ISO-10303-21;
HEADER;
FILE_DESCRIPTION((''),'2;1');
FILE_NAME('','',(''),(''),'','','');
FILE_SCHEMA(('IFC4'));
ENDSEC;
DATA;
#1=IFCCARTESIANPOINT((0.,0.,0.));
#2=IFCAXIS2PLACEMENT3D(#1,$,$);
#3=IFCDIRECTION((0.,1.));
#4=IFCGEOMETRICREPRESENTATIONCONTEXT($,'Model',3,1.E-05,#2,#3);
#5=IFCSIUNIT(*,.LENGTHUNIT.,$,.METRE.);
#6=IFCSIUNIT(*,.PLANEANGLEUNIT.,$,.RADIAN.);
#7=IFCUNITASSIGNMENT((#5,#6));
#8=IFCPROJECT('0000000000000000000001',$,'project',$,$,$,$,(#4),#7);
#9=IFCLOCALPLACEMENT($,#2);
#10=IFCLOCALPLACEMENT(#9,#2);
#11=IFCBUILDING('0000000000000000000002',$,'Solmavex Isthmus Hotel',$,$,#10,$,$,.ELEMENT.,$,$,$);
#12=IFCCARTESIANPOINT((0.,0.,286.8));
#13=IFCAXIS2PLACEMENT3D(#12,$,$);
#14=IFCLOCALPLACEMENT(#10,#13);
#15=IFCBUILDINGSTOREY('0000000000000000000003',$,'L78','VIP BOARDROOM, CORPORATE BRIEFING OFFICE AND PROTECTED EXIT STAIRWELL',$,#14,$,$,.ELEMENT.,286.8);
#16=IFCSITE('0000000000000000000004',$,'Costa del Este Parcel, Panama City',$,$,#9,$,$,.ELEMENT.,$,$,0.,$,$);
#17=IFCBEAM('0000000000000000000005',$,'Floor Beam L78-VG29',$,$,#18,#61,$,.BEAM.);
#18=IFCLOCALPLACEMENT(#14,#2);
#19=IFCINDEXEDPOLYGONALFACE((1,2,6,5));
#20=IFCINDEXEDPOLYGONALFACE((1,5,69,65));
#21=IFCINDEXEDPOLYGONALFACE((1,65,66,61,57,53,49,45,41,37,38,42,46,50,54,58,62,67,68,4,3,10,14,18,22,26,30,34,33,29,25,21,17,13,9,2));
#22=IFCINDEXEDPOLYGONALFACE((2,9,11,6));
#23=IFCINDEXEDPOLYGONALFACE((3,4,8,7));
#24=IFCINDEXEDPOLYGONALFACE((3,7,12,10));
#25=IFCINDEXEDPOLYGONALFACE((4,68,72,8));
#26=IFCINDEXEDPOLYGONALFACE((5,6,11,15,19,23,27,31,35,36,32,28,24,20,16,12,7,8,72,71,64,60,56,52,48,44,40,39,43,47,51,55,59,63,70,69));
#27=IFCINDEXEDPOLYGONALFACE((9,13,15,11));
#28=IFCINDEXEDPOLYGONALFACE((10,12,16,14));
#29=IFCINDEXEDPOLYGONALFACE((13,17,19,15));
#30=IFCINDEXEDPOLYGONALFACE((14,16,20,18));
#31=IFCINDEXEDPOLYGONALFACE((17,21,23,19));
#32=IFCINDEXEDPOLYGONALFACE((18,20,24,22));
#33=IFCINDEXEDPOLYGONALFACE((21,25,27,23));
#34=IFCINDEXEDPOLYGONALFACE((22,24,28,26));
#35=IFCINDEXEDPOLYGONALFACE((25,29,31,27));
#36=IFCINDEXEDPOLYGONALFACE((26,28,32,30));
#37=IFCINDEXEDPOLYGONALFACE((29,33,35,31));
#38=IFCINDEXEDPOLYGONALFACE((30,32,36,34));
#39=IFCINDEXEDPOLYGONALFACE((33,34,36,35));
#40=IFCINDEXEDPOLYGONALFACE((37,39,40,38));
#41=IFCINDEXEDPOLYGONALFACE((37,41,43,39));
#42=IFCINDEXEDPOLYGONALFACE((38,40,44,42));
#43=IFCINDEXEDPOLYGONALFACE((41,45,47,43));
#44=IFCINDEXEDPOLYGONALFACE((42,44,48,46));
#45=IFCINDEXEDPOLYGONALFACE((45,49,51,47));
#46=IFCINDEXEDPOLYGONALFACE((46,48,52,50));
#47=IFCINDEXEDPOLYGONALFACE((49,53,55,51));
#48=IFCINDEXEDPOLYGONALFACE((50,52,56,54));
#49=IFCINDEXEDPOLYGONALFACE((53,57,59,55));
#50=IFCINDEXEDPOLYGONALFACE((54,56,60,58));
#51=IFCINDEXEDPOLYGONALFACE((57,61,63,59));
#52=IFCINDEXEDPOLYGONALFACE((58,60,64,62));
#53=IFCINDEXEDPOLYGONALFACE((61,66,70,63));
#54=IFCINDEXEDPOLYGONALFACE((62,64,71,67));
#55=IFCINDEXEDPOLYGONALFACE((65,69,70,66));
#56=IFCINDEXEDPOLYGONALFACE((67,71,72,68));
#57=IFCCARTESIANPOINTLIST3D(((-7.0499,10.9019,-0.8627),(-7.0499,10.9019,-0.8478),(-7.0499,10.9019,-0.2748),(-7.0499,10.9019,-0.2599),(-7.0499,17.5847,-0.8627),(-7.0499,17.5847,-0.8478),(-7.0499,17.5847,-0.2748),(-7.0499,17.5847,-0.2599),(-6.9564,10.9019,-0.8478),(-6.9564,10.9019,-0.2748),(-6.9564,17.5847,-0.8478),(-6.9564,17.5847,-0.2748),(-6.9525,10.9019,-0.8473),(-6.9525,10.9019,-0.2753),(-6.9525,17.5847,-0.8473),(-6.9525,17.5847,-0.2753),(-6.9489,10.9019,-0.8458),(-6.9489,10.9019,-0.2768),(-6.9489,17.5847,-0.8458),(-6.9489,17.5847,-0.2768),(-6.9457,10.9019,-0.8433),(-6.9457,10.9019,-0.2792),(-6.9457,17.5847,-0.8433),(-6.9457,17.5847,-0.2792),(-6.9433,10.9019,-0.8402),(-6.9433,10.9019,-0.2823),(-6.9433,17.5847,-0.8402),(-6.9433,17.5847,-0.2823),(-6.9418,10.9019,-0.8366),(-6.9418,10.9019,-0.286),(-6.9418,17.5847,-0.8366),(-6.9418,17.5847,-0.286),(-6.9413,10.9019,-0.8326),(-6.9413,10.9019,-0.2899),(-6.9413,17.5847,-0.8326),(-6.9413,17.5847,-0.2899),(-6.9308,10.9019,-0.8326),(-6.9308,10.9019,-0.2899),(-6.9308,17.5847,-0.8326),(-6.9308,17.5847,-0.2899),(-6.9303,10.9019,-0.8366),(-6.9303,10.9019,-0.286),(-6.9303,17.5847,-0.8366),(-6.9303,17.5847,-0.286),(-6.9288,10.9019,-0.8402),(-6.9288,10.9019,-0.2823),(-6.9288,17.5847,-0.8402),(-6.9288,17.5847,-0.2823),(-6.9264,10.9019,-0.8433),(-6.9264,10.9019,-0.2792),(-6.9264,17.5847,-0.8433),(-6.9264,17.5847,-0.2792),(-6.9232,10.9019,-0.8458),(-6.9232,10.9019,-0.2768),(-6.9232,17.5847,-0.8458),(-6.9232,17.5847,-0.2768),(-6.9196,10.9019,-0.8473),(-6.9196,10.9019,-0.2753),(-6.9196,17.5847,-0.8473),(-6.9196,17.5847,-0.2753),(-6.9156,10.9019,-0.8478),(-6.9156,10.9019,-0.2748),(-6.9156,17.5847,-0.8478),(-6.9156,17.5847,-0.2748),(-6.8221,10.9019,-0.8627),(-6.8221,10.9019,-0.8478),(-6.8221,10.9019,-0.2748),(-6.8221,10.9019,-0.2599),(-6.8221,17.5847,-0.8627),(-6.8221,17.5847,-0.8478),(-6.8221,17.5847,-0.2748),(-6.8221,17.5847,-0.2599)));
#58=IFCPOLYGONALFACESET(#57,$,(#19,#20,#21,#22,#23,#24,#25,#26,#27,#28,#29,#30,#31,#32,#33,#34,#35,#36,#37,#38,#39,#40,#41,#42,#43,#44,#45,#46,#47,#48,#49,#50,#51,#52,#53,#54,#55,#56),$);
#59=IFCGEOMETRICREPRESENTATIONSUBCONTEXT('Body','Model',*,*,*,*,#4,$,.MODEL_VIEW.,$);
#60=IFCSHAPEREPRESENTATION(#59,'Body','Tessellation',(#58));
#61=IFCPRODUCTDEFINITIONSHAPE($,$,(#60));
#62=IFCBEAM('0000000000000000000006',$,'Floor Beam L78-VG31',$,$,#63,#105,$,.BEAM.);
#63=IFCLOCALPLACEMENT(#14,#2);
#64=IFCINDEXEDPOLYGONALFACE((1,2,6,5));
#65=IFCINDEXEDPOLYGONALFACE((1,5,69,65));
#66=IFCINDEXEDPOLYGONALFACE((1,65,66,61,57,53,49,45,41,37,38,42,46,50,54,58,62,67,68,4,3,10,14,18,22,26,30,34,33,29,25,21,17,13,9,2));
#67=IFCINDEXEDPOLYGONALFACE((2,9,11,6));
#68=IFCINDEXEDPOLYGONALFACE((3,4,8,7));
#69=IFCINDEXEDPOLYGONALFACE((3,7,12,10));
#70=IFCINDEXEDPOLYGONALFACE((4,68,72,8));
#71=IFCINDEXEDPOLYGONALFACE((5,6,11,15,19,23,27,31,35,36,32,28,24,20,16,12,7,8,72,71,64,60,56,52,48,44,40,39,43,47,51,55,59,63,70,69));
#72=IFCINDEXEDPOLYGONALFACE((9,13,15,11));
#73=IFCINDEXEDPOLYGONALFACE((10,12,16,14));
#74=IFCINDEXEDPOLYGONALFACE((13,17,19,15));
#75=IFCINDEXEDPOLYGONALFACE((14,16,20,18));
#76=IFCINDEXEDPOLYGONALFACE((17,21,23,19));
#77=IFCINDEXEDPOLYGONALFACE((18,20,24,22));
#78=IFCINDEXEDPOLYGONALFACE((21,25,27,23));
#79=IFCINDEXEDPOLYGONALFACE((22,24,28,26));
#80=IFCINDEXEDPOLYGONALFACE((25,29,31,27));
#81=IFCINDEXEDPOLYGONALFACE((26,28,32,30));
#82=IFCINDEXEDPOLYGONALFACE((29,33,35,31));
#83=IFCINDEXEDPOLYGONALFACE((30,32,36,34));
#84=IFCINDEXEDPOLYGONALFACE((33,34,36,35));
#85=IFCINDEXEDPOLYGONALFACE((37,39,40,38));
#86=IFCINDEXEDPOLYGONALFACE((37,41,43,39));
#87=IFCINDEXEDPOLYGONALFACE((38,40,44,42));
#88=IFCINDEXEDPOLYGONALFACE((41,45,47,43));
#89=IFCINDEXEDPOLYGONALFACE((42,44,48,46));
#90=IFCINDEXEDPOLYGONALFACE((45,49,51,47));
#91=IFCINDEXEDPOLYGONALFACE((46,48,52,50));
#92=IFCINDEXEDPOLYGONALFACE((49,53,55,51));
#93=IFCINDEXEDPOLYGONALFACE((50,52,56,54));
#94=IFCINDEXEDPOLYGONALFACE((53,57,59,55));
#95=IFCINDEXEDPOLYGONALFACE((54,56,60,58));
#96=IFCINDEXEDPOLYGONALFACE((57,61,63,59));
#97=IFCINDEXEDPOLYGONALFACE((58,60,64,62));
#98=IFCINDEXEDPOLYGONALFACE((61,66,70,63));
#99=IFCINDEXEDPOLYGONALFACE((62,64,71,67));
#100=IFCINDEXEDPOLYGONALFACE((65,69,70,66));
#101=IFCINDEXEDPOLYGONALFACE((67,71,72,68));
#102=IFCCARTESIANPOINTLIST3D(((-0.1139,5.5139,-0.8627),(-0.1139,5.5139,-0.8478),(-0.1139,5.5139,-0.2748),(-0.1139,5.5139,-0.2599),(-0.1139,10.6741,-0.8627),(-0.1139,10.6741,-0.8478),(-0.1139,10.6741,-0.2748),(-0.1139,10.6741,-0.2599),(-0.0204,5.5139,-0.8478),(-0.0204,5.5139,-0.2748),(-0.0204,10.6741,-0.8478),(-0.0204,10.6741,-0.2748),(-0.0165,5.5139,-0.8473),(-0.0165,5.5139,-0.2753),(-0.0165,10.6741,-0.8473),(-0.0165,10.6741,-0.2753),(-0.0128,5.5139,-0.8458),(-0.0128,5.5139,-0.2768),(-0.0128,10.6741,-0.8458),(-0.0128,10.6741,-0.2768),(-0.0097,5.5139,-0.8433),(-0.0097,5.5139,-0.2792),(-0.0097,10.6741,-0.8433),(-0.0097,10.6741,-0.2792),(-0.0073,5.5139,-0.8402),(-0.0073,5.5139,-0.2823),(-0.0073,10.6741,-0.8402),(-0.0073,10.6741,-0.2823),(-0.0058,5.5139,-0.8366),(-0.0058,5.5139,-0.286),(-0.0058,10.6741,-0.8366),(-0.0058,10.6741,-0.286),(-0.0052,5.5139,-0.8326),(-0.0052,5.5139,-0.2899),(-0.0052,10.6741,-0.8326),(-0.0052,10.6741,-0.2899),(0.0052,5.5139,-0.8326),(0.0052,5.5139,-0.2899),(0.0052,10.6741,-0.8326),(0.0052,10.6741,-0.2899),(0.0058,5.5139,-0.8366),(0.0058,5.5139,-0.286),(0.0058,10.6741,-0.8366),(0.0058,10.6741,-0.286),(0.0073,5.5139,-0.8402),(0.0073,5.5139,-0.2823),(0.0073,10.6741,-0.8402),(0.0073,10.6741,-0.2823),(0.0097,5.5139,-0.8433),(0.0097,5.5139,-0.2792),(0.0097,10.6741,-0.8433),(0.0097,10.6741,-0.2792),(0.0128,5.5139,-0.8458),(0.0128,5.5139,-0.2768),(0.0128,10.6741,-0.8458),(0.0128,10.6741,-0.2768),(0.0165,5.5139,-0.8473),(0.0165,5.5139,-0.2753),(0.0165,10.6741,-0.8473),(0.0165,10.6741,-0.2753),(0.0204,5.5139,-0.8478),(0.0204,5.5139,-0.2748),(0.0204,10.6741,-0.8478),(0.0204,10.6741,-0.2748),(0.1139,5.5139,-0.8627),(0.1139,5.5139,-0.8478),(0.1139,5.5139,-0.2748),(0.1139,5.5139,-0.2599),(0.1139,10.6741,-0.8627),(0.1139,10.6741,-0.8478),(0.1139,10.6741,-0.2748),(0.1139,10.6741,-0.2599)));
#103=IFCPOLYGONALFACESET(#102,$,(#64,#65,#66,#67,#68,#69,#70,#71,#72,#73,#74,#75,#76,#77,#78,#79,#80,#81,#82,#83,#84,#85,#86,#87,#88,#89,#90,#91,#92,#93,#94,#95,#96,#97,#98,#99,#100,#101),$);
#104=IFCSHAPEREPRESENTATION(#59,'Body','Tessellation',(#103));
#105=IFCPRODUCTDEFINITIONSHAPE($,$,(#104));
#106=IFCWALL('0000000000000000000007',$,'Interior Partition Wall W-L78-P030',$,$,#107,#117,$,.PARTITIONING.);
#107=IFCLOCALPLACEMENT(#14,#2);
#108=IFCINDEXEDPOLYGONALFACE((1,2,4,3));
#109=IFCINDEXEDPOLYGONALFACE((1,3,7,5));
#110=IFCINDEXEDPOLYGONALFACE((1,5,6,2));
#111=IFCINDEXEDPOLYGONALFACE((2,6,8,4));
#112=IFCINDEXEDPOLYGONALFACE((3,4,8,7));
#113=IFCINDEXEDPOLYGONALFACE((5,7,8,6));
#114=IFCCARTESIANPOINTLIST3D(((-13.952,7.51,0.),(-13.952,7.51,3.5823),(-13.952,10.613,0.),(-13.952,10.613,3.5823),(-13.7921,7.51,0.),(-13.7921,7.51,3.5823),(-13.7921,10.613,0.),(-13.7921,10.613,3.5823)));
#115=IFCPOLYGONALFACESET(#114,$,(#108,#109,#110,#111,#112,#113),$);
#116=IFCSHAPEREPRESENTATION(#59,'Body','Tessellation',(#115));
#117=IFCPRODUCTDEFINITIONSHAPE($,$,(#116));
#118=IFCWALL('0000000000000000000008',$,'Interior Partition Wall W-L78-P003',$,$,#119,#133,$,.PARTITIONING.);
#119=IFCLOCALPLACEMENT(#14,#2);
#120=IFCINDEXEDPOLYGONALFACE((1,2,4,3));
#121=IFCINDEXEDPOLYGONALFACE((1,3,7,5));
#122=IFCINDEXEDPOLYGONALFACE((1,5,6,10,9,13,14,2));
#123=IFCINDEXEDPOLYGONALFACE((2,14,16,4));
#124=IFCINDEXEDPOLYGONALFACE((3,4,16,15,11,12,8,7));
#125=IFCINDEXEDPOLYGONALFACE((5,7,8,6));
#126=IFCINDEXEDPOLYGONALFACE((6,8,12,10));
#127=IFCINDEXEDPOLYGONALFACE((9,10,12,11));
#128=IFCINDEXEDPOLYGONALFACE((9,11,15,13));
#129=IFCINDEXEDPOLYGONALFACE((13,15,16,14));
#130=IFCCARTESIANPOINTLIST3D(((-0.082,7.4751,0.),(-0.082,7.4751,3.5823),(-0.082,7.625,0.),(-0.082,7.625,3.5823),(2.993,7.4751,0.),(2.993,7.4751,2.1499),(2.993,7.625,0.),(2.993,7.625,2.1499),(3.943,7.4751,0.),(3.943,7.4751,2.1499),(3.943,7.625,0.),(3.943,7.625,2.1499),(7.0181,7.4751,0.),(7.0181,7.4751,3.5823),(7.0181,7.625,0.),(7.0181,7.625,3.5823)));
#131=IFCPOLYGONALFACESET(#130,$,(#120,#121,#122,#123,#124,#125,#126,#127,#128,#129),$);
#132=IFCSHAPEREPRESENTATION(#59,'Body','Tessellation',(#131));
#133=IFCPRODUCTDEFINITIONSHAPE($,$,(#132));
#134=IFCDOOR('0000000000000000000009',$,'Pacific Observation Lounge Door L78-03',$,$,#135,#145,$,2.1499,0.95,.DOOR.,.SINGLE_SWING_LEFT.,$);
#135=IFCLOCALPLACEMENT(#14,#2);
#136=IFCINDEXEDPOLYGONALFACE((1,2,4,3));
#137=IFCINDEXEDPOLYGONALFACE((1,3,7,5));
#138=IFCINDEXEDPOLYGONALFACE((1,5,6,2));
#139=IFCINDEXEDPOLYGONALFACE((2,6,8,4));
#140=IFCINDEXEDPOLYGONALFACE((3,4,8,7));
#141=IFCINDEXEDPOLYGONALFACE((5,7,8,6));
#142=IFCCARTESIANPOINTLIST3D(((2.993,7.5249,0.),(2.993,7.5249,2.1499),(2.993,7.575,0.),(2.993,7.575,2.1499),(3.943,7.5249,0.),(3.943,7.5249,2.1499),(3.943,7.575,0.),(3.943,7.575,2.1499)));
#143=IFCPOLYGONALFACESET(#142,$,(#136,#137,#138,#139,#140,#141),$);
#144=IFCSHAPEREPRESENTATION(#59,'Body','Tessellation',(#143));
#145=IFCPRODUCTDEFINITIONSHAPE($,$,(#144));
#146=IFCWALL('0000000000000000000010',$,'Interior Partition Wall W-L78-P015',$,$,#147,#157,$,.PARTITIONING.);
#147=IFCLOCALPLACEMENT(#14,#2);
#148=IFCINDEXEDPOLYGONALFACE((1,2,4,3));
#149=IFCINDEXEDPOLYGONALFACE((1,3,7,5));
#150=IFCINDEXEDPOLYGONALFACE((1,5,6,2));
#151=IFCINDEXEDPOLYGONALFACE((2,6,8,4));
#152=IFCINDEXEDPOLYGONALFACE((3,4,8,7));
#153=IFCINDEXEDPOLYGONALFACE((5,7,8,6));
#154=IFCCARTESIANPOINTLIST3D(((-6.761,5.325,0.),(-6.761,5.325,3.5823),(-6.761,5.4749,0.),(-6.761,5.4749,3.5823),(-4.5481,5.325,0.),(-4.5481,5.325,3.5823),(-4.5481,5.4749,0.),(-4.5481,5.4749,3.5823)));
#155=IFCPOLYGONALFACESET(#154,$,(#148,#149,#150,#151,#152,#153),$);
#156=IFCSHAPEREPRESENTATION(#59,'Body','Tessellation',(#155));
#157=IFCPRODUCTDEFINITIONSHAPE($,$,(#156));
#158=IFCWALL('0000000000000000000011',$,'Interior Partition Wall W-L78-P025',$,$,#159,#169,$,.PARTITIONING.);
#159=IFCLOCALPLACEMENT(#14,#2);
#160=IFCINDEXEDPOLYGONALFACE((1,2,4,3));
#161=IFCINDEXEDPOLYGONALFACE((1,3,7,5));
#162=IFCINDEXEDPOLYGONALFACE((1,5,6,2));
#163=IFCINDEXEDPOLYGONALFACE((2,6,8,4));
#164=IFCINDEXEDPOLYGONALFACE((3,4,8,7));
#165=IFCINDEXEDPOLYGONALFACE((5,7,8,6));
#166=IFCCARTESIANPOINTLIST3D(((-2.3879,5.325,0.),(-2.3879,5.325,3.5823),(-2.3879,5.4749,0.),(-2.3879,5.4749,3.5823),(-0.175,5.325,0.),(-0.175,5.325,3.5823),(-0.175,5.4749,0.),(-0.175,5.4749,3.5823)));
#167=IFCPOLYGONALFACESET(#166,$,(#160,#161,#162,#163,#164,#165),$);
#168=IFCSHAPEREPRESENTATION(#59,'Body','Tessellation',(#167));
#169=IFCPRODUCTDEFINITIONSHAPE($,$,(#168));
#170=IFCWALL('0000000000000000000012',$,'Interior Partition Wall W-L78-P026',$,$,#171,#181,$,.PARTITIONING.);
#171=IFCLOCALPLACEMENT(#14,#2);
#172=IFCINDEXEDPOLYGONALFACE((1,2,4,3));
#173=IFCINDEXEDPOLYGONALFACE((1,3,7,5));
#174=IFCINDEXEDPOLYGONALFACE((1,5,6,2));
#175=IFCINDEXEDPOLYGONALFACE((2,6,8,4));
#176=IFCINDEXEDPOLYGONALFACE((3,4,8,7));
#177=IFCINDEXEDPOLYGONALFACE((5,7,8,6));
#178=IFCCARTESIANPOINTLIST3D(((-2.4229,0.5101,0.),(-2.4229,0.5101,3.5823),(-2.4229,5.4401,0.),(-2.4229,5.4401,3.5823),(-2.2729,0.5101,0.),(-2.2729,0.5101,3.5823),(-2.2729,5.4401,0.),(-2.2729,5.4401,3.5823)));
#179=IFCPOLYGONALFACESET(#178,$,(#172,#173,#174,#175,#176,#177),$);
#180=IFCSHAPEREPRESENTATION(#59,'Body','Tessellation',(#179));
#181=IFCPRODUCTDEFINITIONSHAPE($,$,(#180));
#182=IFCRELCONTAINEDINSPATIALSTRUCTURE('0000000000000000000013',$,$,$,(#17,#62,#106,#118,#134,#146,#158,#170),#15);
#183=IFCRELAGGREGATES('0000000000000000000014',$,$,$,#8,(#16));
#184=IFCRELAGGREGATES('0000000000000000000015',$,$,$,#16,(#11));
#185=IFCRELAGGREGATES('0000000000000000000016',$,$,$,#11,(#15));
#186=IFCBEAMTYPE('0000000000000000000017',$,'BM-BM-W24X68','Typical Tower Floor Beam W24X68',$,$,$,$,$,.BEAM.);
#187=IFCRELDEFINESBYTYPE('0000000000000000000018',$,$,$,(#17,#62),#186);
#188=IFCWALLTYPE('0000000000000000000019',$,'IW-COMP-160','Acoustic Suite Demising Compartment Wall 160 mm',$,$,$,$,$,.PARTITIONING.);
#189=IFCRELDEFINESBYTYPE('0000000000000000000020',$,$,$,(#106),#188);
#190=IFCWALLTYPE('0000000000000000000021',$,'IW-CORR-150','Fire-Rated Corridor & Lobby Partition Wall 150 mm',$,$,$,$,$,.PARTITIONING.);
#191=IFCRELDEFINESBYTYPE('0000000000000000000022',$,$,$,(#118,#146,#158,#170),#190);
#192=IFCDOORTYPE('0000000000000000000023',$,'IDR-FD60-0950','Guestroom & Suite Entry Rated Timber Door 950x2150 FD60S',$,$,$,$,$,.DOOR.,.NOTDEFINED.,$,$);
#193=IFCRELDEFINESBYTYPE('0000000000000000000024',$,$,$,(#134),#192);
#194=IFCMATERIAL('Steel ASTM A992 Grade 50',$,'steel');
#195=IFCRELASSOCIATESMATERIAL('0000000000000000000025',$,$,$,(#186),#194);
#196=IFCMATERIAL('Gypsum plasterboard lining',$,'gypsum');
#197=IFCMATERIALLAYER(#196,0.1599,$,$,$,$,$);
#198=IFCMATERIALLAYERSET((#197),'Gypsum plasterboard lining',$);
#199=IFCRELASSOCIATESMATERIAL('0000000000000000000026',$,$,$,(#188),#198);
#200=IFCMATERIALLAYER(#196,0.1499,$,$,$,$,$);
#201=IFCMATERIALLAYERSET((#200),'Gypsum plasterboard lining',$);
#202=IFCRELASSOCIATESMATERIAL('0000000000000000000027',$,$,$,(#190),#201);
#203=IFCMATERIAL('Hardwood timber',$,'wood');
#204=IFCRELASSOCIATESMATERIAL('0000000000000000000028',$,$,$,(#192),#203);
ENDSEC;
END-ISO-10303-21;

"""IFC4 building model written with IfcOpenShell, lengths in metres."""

from ifc_helpers import new_model, si_unit, direction, frame, frame_2d, origin, origin_2d, place, context, subcontext, project, spatial, rectangle, i_section, extrude, material, layer, layer_set, material_profile, profile_set, type_object, element, fill, save


model = new_model("IFC4")

# Units and contexts
model_context = context("Model", 3, precision=1e-05, world=origin(), true_north=direction((0.0, 1.0)))
body_context = subcontext(model_context, "Body", "Model", "MODEL_VIEW")
ifc_project = project(units=[si_unit("LENGTHUNIT", "METRE"), si_unit("PLANEANGLEUNIT", "RADIAN")], contexts=[model_context])

# Site, building, storey
site_placement = place(None, origin())
site = spatial("IfcSite", under=ifc_project, at=site_placement, Name="Costa del Este Parcel, Panama City", CompositionType="ELEMENT", RefElevation=0.0)
building_placement = place(site_placement, origin())
building = spatial("IfcBuilding", under=site, at=building_placement, Name="Solmavex Isthmus Hotel", CompositionType="ELEMENT")
storey_placement = place(building_placement, frame((0.0, 0.0, 286.8)))
storey = spatial("IfcBuildingStorey", under=building, at=storey_placement, Name="L78", Description="VIP BOARDROOM, CORPORATE BRIEFING OFFICE AND PROTECTED EXIT STAIRWELL", CompositionType="ELEMENT", Elevation=286.8)

# Beams
ifc_material_1 = material(Name="Steel ASTM A992 Grade 50", Category="steel")
ifc_material_profile_1 = material_profile(ifc_material_1, i_section(OverallWidth=0.2278, OverallDepth=0.6028, WebThickness=0.0105, FlangeThickness=0.0149, FilletRadius=0.0151, at=origin_2d()), Name="W24X68")
ifc_profile_set_1 = profile_set([ifc_material_profile_1], Name="Steel ASTM A992 Grade 50")
beam_type_1 = type_object("IfcBeamType", Name="BM-BM-W24X68", Description="Typical Tower Floor Beam W24X68", PredefinedType="BEAM", material=ifc_profile_set_1)
beam_1_placement = place(storey_placement, frame((-6.936, 10.9019, -0.5613), z_axis=(0.0, 1.0, 0.0), x_axis=(-1.0, 0.0, 0.0)))
element("IfcBeam", 1, at=beam_1_placement, inside=storey, type_object=beam_type_1, Name="Floor Beam L78-VG29", PredefinedType="BEAM", context=body_context, shape_type="SweptSolid", body=[
    extrude(i_section(OverallWidth=0.2278, OverallDepth=0.6028, WebThickness=0.0105, FlangeThickness=0.0149, FilletRadius=0.0151, at=origin_2d()), origin(), (0.0, 0.0, 1.0), 6.6829),
])
beam_2_placement = place(storey_placement, frame((0.0, 5.5139, -0.5613), z_axis=(0.0, 1.0, 0.0), x_axis=(-1.0, 0.0, 0.0)))
element("IfcBeam", 2, at=beam_2_placement, inside=storey, type_object=beam_type_1, Name="Floor Beam L78-VG31", PredefinedType="BEAM", context=body_context, shape_type="SweptSolid", body=[
    extrude(i_section(OverallWidth=0.2278, OverallDepth=0.6028, WebThickness=0.0105, FlangeThickness=0.0149, FilletRadius=0.0151, at=origin_2d()), origin(), (0.0, 0.0, 1.0), 5.1602),
])

# Wall
ifc_material_2 = material(Name="Gypsum plasterboard lining", Category="gypsum")
ifc_layer_1 = layer(ifc_material_2, 0.1599)
ifc_layer_set_1 = layer_set([ifc_layer_1], Name="Gypsum plasterboard lining")
wall_type_1 = type_object("IfcWallType", Name="IW-COMP-160", Description="Acoustic Suite Demising Compartment Wall 160 mm", PredefinedType="PARTITIONING", material=ifc_layer_set_1)
wall_1_placement = place(storey_placement, frame((-13.8721, 10.613, 0.0), z_axis=(0.0, 0.0, 1.0), x_axis=(0.0, -1.0, 0.0)))
element("IfcWall", 3, at=wall_1_placement, inside=storey, type_object=wall_type_1, Name="Interior Partition Wall W-L78-P030", PredefinedType="PARTITIONING", context=body_context, shape_type="SweptSolid", body=[
    extrude(rectangle(XDim=3.103, YDim=0.1599, at=frame_2d((1.5515, 0.0))), origin(), (0.0, 0.0, 1.0), 3.5823),
])

# Wall, opening, door
ifc_layer_2 = layer(ifc_material_2, 0.1499)
ifc_layer_set_2 = layer_set([ifc_layer_2], Name="Gypsum plasterboard lining")
wall_type_2 = type_object("IfcWallType", Name="IW-CORR-150", Description="Fire-Rated Corridor & Lobby Partition Wall 150 mm", PredefinedType="PARTITIONING", material=ifc_layer_set_2)
wall_2_placement = place(storey_placement, frame((-0.082, 7.55, 0.0), z_axis=(0.0, 0.0, 1.0), x_axis=(1.0, 0.0, 0.0)))
wall_2 = element("IfcWall", 4, at=wall_2_placement, inside=storey, type_object=wall_type_2, Name="Interior Partition Wall W-L78-P003", PredefinedType="PARTITIONING", context=body_context, shape_type="SweptSolid", body=[
    extrude(rectangle(XDim=7.1001, YDim=0.1499, at=frame_2d((3.55, 0.0))), origin(), (0.0, 0.0, 1.0), 3.5823),
])
opening_placement = place(wall_2_placement, frame((3.075, 0.0, 0.0)))
opening = element("IfcOpeningElement", 5, at=opening_placement, cuts=wall_2, PredefinedType="OPENING", context=body_context, shape_type="SweptSolid", body=[
    extrude(rectangle(XDim=0.95, YDim=2.1499, at=frame_2d((0.4751, 1.075))), frame((0.0, 0.085, 0.0), z_axis=(0.0, -1.0, 0.0), x_axis=(1.0, 0.0, 0.0)), (0.0, 0.0, 1.0), 0.1699),
])
ifc_material_3 = material(Name="Hardwood timber", Category="wood")
door_type = type_object("IfcDoorType", Name="IDR-FD60-0950", Description="Guestroom & Suite Entry Rated Timber Door 950x2150 FD60S", OperationType="NOTDEFINED", PredefinedType="DOOR", material=ifc_material_3)
door_placement = place(opening_placement, origin())
door = element("IfcDoor", 6, at=door_placement, inside=storey, type_object=door_type, Name="Pacific Observation Lounge Door L78-03", OperationType="SINGLE_SWING_LEFT", OverallHeight=2.1499, OverallWidth=0.95, PredefinedType="DOOR", context=body_context, shape_type="SweptSolid", body=[
    extrude(rectangle(XDim=0.95, YDim=2.1499, at=frame_2d((0.4751, 1.075))), frame((0.0, 0.0249, 0.0), z_axis=(0.0, -1.0, 0.0), x_axis=(1.0, 0.0, 0.0)), (0.0, 0.0, 1.0), 0.05),
])
fill(opening, door)

# Walls
for number, where, z_axis, x_axis, name in (
    (7, (-4.5481, 5.3999, 0.0), (0.0, 0.0, 1.0), (-1.0, 0.0, 0.0), "Interior Partition Wall W-L78-P015"),
    (8, (-0.175, 5.3999, 0.0), (0.0, 0.0, 1.0), (-1.0, 0.0, 0.0), "Interior Partition Wall W-L78-P025"),
):
    element("IfcWall", number, at=place(storey_placement, frame(where, z_axis=z_axis, x_axis=x_axis)), inside=storey, type_object=wall_type_2, Name=name, PredefinedType="PARTITIONING", context=body_context, shape_type="SweptSolid", body=[
        extrude(rectangle(XDim=2.2129, YDim=0.1499, at=frame_2d((1.1064, 0.0))), origin(), (0.0, 0.0, 1.0), 3.5823),
    ])
wall_3_placement = place(storey_placement, frame((-2.3479, 5.4399, 0.0), z_axis=(0.0, 0.0, 1.0), x_axis=(0.0, -1.0, 0.0)))
element("IfcWall", 9, at=wall_3_placement, inside=storey, type_object=wall_type_2, Name="Interior Partition Wall W-L78-P026", PredefinedType="PARTITIONING", context=body_context, shape_type="SweptSolid", body=[
    extrude(rectangle(XDim=4.9299, YDim=0.1499, at=frame_2d((2.4648, 0.0))), origin(), (0.0, 0.0, 1.0), 3.5823),
])

save(model, "model.ifc")
